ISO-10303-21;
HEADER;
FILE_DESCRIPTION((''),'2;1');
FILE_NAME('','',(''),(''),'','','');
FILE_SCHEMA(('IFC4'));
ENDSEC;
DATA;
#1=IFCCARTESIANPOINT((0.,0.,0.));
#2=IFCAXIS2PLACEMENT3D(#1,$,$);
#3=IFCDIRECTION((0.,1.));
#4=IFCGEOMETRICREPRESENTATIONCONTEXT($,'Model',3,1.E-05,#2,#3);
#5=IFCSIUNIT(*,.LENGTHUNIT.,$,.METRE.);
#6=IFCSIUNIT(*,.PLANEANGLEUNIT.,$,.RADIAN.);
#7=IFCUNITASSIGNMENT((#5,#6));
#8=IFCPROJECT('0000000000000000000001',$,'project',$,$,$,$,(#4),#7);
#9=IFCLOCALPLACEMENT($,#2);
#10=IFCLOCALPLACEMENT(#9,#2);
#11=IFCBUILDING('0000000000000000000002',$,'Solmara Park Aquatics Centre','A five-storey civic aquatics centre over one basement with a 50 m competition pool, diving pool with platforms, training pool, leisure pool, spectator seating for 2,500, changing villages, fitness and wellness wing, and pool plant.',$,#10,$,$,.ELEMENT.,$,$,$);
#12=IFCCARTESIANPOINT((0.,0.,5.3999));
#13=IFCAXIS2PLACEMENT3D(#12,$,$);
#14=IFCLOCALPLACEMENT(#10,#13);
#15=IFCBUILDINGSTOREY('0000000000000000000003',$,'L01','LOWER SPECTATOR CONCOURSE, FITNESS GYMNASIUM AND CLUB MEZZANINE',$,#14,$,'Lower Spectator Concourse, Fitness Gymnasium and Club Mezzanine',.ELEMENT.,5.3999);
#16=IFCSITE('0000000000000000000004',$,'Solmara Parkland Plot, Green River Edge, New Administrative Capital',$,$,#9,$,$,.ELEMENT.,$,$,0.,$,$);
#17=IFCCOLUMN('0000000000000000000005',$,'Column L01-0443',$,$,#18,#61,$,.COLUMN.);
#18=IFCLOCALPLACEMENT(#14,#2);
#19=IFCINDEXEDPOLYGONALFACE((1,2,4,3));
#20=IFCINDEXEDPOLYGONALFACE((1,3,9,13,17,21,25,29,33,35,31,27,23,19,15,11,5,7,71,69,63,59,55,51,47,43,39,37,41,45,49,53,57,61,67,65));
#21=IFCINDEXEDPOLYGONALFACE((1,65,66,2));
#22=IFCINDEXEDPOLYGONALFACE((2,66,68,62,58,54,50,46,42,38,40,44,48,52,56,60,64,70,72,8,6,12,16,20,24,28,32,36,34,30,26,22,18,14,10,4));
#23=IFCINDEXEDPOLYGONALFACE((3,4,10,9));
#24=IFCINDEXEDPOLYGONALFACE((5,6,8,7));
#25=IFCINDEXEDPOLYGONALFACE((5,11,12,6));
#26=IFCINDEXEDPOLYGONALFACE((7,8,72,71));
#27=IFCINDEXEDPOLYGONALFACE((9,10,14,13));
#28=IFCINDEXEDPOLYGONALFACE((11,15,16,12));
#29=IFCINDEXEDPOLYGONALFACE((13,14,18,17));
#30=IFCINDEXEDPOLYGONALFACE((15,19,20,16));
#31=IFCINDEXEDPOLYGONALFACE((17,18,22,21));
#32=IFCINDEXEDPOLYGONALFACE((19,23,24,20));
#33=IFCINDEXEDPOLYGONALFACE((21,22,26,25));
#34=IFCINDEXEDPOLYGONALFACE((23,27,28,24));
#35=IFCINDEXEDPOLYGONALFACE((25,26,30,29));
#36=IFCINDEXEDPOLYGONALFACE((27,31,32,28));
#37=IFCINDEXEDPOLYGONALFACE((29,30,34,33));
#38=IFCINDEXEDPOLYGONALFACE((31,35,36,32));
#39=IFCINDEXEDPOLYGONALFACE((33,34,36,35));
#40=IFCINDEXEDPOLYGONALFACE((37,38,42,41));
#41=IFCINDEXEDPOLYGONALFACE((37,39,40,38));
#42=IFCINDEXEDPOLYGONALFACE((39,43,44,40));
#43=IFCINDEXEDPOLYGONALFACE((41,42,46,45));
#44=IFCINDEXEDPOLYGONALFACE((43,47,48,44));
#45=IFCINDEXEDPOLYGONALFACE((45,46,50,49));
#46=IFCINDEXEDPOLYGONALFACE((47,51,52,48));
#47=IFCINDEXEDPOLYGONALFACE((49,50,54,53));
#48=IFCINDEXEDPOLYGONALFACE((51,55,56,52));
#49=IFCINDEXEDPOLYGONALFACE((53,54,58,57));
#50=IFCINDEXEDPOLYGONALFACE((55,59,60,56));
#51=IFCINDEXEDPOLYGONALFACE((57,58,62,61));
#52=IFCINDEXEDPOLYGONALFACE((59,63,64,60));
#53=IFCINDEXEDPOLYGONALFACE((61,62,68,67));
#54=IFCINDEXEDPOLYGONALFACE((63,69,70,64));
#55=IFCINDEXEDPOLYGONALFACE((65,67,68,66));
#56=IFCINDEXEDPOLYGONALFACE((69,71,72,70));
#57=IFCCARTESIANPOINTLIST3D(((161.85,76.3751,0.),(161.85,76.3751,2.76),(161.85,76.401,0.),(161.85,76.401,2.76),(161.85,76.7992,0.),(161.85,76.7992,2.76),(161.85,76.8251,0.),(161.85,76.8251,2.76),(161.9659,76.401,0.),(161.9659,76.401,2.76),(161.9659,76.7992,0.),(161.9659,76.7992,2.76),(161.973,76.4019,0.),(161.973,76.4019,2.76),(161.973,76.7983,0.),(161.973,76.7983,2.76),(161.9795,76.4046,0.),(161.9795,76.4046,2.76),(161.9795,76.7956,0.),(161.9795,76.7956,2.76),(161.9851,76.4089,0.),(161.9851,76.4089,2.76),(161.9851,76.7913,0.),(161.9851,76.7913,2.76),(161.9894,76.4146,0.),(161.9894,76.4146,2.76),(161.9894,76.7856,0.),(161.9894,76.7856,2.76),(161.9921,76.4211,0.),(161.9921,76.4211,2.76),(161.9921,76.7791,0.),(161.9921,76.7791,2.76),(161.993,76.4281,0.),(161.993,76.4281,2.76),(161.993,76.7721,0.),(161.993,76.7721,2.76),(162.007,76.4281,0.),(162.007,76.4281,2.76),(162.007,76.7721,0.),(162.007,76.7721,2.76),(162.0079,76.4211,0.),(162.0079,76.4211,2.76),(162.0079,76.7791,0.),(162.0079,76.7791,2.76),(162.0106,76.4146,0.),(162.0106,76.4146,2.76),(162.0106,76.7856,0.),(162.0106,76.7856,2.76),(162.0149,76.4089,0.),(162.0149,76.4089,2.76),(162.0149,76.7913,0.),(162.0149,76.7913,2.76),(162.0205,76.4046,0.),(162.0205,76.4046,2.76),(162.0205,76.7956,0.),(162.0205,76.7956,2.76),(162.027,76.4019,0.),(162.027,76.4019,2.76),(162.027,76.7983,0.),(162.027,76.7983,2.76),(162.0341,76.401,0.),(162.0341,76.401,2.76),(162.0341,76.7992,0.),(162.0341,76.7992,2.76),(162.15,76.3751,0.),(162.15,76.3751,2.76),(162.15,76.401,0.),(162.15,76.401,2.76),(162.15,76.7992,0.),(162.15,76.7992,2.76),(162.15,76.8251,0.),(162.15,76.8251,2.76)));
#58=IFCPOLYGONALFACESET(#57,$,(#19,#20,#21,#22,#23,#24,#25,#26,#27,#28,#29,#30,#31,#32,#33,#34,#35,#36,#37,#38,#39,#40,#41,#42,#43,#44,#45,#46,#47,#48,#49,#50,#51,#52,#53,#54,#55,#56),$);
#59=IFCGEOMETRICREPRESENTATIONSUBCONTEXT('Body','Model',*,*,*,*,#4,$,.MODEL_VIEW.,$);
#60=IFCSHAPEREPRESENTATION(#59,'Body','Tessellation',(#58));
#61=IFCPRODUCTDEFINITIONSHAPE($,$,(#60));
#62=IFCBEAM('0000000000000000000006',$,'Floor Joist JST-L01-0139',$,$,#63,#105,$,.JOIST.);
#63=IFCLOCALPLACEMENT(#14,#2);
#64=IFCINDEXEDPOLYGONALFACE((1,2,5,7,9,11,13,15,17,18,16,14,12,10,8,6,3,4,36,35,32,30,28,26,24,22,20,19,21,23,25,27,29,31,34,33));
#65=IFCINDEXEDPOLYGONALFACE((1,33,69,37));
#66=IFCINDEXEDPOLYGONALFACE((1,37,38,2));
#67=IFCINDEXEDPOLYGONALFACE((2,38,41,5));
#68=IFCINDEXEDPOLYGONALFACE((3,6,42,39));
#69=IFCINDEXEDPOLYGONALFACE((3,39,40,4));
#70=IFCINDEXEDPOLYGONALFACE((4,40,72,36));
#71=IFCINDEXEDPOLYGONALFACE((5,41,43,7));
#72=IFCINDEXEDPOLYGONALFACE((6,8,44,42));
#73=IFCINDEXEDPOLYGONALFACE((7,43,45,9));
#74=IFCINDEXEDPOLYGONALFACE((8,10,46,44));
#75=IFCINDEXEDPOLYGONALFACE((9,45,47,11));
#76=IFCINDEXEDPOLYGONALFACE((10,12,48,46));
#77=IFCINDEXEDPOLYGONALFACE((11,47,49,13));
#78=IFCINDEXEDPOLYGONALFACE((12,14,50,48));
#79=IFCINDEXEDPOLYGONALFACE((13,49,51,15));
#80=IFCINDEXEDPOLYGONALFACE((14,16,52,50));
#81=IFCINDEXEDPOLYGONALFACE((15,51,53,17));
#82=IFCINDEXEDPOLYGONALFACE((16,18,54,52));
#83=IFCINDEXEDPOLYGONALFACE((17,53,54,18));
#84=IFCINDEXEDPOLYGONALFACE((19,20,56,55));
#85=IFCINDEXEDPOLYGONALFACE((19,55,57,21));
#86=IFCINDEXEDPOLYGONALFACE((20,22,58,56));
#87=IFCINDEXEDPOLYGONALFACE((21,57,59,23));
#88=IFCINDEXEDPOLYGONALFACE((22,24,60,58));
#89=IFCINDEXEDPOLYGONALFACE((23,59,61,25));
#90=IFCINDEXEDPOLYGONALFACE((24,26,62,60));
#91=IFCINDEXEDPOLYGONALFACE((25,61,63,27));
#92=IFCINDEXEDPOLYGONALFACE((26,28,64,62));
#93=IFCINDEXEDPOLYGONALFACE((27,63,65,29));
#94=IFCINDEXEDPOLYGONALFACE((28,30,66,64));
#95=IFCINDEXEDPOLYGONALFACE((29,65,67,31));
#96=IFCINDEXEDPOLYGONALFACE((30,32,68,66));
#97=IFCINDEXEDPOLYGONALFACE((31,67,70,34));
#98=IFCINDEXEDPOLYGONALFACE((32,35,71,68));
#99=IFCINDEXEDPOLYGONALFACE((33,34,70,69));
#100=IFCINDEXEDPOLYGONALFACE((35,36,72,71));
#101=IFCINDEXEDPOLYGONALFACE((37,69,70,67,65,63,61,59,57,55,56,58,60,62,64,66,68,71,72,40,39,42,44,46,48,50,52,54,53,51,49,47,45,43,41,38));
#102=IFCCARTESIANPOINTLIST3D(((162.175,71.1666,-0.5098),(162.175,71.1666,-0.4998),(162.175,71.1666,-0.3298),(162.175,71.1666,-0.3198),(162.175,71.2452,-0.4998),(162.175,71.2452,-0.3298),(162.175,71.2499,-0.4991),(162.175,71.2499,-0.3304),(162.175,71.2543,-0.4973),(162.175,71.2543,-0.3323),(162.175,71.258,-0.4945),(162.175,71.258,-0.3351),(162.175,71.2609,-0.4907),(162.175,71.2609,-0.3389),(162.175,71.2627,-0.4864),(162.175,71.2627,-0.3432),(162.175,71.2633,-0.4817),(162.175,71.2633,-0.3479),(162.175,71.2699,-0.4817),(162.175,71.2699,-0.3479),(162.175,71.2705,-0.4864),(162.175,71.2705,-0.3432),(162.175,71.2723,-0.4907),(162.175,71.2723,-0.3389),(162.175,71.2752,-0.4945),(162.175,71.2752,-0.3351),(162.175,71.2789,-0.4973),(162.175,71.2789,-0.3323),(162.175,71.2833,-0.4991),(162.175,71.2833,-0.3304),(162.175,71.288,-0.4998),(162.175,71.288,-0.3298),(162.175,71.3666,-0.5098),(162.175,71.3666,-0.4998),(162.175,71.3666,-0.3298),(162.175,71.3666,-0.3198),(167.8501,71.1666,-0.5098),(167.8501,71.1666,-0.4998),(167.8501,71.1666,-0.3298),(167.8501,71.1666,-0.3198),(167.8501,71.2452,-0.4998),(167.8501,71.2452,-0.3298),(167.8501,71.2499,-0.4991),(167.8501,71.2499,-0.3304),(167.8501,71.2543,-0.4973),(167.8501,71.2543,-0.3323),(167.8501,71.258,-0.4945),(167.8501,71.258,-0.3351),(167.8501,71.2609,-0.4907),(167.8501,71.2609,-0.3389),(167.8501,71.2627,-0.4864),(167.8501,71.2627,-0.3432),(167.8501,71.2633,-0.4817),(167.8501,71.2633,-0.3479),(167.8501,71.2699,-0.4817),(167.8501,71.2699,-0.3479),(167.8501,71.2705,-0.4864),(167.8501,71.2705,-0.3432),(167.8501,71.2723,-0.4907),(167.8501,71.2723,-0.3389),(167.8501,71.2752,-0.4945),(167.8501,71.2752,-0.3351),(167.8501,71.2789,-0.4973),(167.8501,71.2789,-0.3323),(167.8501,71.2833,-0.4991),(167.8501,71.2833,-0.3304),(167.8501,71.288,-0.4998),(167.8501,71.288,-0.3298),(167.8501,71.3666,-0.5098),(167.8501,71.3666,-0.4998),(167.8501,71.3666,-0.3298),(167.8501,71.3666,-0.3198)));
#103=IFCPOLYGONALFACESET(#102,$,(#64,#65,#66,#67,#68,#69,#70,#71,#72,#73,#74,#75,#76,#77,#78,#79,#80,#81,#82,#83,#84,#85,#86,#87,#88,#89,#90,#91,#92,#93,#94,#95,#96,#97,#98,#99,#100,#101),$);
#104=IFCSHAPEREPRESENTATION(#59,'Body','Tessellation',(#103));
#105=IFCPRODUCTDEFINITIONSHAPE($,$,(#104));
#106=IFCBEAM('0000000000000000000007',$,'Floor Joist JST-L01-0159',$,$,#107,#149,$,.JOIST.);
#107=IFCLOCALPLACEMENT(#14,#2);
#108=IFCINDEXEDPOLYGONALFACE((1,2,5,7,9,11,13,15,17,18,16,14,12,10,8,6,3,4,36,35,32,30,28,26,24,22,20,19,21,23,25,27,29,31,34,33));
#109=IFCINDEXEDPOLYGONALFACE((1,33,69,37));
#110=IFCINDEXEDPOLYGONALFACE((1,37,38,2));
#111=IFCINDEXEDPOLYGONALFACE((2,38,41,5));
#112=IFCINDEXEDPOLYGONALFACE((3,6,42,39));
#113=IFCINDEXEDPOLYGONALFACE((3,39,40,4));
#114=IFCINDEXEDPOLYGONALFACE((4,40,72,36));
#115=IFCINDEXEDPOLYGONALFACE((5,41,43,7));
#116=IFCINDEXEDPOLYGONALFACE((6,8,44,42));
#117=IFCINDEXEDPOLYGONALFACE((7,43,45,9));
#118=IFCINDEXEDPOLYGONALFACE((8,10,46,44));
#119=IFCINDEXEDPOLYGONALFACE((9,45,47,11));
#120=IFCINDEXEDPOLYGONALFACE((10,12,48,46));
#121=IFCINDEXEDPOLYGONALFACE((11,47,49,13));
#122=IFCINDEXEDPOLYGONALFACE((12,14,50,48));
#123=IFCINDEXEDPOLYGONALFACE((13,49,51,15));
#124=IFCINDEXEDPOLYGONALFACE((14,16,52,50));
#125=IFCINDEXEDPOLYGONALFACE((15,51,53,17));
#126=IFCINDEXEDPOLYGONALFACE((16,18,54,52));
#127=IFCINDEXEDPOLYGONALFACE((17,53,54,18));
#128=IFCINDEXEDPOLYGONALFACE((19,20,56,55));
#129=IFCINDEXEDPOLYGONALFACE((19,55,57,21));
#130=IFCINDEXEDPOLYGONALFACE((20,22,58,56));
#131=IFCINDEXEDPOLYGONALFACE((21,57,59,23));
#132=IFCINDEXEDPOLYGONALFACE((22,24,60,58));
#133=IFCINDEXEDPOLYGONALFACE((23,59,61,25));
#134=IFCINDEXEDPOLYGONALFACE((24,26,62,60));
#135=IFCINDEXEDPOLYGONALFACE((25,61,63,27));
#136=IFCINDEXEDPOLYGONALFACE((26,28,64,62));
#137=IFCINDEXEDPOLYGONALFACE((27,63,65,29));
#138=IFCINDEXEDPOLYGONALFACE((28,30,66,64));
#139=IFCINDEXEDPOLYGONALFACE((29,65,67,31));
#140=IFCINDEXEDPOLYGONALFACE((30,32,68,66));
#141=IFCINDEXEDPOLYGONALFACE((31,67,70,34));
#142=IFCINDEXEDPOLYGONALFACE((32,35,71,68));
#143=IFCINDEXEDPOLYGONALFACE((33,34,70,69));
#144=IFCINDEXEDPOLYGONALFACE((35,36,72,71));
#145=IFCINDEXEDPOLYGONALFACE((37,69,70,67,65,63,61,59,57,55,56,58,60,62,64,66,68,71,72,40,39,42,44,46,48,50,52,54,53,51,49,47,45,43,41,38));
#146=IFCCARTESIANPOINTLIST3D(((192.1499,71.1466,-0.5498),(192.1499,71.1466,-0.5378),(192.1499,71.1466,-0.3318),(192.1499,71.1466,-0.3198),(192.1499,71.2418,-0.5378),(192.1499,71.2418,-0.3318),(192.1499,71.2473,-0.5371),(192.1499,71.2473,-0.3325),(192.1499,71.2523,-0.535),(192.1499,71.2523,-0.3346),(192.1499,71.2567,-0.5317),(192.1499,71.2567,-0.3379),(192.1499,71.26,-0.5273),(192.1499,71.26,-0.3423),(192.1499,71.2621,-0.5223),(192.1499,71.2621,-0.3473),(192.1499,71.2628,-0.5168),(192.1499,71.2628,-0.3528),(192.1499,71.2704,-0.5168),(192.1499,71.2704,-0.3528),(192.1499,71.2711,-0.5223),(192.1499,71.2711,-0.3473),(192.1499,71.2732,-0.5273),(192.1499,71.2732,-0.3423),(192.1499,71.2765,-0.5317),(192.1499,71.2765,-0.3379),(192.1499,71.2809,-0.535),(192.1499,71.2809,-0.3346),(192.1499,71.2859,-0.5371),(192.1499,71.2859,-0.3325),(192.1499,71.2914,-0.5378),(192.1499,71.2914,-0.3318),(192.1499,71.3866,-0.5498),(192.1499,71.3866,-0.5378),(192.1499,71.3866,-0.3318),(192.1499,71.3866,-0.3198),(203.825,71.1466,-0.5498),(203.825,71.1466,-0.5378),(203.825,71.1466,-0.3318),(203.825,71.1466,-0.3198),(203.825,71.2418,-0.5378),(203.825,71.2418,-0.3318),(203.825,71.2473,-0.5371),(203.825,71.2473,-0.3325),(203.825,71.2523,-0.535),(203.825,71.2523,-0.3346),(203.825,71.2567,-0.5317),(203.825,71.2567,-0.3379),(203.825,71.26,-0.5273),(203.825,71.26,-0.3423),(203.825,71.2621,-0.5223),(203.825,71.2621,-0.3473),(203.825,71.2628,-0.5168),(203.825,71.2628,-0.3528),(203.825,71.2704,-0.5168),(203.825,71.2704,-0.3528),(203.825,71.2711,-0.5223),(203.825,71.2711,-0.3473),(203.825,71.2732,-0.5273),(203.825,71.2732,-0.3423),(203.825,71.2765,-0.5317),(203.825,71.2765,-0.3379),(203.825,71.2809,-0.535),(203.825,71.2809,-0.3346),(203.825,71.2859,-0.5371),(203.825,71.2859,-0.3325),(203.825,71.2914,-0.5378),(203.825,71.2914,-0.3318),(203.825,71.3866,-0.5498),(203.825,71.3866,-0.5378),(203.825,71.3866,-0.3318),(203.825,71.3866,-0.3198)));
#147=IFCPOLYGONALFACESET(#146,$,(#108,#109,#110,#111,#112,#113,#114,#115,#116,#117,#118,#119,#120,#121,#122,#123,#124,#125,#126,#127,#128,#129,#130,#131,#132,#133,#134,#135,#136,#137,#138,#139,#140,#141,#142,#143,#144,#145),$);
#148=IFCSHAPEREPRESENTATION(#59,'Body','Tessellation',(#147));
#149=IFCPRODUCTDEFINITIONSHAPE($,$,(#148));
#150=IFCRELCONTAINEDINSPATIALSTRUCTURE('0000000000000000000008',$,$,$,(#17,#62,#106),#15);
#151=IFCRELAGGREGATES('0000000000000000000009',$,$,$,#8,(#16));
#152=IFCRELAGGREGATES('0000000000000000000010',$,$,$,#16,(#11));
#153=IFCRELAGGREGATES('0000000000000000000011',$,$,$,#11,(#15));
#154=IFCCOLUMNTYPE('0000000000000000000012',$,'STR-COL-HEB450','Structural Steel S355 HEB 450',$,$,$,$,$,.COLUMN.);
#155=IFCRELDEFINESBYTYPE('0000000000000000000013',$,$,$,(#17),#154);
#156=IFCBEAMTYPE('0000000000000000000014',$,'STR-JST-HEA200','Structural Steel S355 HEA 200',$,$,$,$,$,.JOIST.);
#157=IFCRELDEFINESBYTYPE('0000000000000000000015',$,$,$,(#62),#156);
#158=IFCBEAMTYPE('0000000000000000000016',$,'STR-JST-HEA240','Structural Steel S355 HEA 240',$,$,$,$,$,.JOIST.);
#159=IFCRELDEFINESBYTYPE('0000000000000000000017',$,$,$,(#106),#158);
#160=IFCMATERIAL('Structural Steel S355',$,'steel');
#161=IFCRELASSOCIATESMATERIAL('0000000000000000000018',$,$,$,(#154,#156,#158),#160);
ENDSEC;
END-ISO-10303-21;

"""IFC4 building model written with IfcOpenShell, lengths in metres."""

from ifc_helpers import new_model, si_unit, direction, frame, origin, origin_2d, place, context, subcontext, project, spatial, i_section, extrude, material, material_profile, profile_set, type_object, element, save


model = new_model("IFC4")

# Units and contexts
model_context = context("Model", 3, precision=1e-05, world=origin(), true_north=direction((0.0, 1.0)))
body_context = subcontext(model_context, "Body", "Model", "MODEL_VIEW")
ifc_project = project(units=[si_unit("LENGTHUNIT", "METRE"), si_unit("PLANEANGLEUNIT", "RADIAN")], contexts=[model_context])

# Site, building, storey
site_placement = place(None, origin())
site = spatial("IfcSite", under=ifc_project, at=site_placement, Name="Solmara Parkland Plot, Green River Edge, New Administrative Capital", CompositionType="ELEMENT", RefElevation=0.0)
building_placement = place(site_placement, origin())
building = spatial("IfcBuilding", under=site, at=building_placement, Name="Solmara Park Aquatics Centre", Description="A five-storey civic aquatics centre over one basement with a 50 m competition pool, diving pool with platforms, training pool, leisure pool, spectator seating for 2,500, changing villages, fitness and wellness wing, and pool plant.", CompositionType="ELEMENT")
storey_placement = place(building_placement, frame((0.0, 0.0, 5.3999)))
storey = spatial("IfcBuildingStorey", under=building, at=storey_placement, Name="L01", Description="LOWER SPECTATOR CONCOURSE, FITNESS GYMNASIUM AND CLUB MEZZANINE", LongName="Lower Spectator Concourse, Fitness Gymnasium and Club Mezzanine", CompositionType="ELEMENT", Elevation=5.3999)

# Column
ifc_material_1 = material(Name="Structural Steel S355", Category="steel")
ifc_material_profile_1 = material_profile(ifc_material_1, i_section(OverallWidth=0.3, OverallDepth=0.45, WebThickness=0.0139, FlangeThickness=0.0259, FilletRadius=0.0271, at=origin_2d()), Name="HEB 450")
ifc_profile_set_1 = profile_set([ifc_material_profile_1], Name="Structural Steel S355")
column_type = type_object("IfcColumnType", Name="STR-COL-HEB450", Description="Structural Steel S355 HEB 450", PredefinedType="COLUMN", material=ifc_profile_set_1)
column_placement = place(storey_placement, frame((162.0, 76.6001, 0.0), z_axis=(0.0, 0.0, 1.0), x_axis=(1.0, 0.0, 0.0)))
element("IfcColumn", 1, at=column_placement, inside=storey, type_object=column_type, Name="Column L01-0443", PredefinedType="COLUMN", context=body_context, shape_type="SweptSolid", body=[
    extrude(i_section(OverallWidth=0.3, OverallDepth=0.45, WebThickness=0.0139, FlangeThickness=0.0259, FilletRadius=0.0271, at=origin_2d()), origin(), (0.0, 0.0, 1.0), 2.76),
])

# Beams
ifc_material_profile_2 = material_profile(ifc_material_1, i_section(OverallWidth=0.2, OverallDepth=0.1899, WebThickness=0.0066, FlangeThickness=0.01, FilletRadius=0.0181, at=origin_2d()), Name="HEA 200")
ifc_profile_set_2 = profile_set([ifc_material_profile_2], Name="Structural Steel S355")
beam_type_1 = type_object("IfcBeamType", Name="STR-JST-HEA200", Description="Structural Steel S355 HEA 200", PredefinedType="JOIST", material=ifc_profile_set_2)
beam_1_placement = place(storey_placement, frame((162.175, 71.2666, -0.4148), z_axis=(1.0, 0.0, 0.0), x_axis=(0.0, 1.0, 0.0)))
element("IfcBeam", 2, at=beam_1_placement, inside=storey, type_object=beam_type_1, Name="Floor Joist JST-L01-0139", PredefinedType="JOIST", context=body_context, shape_type="SweptSolid", body=[
    extrude(i_section(OverallWidth=0.2, OverallDepth=0.1899, WebThickness=0.0066, FlangeThickness=0.01, FilletRadius=0.0181, at=origin_2d()), origin(), (0.0, 0.0, 1.0), 5.675),
])
ifc_material_profile_3 = material_profile(ifc_material_1, i_section(OverallWidth=0.24, OverallDepth=0.23, WebThickness=0.0076, FlangeThickness=0.012, FilletRadius=0.021, at=origin_2d()), Name="HEA 240")
ifc_profile_set_3 = profile_set([ifc_material_profile_3], Name="Structural Steel S355")
beam_type_2 = type_object("IfcBeamType", Name="STR-JST-HEA240", Description="Structural Steel S355 HEA 240", PredefinedType="JOIST", material=ifc_profile_set_3)
beam_2_placement = place(storey_placement, frame((192.1499, 71.2666, -0.4348), z_axis=(1.0, 0.0, 0.0), x_axis=(0.0, 1.0, 0.0)))
element("IfcBeam", 3, at=beam_2_placement, inside=storey, type_object=beam_type_2, Name="Floor Joist JST-L01-0159", PredefinedType="JOIST", context=body_context, shape_type="SweptSolid", body=[
    extrude(i_section(OverallWidth=0.24, OverallDepth=0.23, WebThickness=0.0076, FlangeThickness=0.012, FilletRadius=0.021, at=origin_2d()), origin(), (0.0, 0.0, 1.0), 11.675),
])

save(model, "model.ifc")
